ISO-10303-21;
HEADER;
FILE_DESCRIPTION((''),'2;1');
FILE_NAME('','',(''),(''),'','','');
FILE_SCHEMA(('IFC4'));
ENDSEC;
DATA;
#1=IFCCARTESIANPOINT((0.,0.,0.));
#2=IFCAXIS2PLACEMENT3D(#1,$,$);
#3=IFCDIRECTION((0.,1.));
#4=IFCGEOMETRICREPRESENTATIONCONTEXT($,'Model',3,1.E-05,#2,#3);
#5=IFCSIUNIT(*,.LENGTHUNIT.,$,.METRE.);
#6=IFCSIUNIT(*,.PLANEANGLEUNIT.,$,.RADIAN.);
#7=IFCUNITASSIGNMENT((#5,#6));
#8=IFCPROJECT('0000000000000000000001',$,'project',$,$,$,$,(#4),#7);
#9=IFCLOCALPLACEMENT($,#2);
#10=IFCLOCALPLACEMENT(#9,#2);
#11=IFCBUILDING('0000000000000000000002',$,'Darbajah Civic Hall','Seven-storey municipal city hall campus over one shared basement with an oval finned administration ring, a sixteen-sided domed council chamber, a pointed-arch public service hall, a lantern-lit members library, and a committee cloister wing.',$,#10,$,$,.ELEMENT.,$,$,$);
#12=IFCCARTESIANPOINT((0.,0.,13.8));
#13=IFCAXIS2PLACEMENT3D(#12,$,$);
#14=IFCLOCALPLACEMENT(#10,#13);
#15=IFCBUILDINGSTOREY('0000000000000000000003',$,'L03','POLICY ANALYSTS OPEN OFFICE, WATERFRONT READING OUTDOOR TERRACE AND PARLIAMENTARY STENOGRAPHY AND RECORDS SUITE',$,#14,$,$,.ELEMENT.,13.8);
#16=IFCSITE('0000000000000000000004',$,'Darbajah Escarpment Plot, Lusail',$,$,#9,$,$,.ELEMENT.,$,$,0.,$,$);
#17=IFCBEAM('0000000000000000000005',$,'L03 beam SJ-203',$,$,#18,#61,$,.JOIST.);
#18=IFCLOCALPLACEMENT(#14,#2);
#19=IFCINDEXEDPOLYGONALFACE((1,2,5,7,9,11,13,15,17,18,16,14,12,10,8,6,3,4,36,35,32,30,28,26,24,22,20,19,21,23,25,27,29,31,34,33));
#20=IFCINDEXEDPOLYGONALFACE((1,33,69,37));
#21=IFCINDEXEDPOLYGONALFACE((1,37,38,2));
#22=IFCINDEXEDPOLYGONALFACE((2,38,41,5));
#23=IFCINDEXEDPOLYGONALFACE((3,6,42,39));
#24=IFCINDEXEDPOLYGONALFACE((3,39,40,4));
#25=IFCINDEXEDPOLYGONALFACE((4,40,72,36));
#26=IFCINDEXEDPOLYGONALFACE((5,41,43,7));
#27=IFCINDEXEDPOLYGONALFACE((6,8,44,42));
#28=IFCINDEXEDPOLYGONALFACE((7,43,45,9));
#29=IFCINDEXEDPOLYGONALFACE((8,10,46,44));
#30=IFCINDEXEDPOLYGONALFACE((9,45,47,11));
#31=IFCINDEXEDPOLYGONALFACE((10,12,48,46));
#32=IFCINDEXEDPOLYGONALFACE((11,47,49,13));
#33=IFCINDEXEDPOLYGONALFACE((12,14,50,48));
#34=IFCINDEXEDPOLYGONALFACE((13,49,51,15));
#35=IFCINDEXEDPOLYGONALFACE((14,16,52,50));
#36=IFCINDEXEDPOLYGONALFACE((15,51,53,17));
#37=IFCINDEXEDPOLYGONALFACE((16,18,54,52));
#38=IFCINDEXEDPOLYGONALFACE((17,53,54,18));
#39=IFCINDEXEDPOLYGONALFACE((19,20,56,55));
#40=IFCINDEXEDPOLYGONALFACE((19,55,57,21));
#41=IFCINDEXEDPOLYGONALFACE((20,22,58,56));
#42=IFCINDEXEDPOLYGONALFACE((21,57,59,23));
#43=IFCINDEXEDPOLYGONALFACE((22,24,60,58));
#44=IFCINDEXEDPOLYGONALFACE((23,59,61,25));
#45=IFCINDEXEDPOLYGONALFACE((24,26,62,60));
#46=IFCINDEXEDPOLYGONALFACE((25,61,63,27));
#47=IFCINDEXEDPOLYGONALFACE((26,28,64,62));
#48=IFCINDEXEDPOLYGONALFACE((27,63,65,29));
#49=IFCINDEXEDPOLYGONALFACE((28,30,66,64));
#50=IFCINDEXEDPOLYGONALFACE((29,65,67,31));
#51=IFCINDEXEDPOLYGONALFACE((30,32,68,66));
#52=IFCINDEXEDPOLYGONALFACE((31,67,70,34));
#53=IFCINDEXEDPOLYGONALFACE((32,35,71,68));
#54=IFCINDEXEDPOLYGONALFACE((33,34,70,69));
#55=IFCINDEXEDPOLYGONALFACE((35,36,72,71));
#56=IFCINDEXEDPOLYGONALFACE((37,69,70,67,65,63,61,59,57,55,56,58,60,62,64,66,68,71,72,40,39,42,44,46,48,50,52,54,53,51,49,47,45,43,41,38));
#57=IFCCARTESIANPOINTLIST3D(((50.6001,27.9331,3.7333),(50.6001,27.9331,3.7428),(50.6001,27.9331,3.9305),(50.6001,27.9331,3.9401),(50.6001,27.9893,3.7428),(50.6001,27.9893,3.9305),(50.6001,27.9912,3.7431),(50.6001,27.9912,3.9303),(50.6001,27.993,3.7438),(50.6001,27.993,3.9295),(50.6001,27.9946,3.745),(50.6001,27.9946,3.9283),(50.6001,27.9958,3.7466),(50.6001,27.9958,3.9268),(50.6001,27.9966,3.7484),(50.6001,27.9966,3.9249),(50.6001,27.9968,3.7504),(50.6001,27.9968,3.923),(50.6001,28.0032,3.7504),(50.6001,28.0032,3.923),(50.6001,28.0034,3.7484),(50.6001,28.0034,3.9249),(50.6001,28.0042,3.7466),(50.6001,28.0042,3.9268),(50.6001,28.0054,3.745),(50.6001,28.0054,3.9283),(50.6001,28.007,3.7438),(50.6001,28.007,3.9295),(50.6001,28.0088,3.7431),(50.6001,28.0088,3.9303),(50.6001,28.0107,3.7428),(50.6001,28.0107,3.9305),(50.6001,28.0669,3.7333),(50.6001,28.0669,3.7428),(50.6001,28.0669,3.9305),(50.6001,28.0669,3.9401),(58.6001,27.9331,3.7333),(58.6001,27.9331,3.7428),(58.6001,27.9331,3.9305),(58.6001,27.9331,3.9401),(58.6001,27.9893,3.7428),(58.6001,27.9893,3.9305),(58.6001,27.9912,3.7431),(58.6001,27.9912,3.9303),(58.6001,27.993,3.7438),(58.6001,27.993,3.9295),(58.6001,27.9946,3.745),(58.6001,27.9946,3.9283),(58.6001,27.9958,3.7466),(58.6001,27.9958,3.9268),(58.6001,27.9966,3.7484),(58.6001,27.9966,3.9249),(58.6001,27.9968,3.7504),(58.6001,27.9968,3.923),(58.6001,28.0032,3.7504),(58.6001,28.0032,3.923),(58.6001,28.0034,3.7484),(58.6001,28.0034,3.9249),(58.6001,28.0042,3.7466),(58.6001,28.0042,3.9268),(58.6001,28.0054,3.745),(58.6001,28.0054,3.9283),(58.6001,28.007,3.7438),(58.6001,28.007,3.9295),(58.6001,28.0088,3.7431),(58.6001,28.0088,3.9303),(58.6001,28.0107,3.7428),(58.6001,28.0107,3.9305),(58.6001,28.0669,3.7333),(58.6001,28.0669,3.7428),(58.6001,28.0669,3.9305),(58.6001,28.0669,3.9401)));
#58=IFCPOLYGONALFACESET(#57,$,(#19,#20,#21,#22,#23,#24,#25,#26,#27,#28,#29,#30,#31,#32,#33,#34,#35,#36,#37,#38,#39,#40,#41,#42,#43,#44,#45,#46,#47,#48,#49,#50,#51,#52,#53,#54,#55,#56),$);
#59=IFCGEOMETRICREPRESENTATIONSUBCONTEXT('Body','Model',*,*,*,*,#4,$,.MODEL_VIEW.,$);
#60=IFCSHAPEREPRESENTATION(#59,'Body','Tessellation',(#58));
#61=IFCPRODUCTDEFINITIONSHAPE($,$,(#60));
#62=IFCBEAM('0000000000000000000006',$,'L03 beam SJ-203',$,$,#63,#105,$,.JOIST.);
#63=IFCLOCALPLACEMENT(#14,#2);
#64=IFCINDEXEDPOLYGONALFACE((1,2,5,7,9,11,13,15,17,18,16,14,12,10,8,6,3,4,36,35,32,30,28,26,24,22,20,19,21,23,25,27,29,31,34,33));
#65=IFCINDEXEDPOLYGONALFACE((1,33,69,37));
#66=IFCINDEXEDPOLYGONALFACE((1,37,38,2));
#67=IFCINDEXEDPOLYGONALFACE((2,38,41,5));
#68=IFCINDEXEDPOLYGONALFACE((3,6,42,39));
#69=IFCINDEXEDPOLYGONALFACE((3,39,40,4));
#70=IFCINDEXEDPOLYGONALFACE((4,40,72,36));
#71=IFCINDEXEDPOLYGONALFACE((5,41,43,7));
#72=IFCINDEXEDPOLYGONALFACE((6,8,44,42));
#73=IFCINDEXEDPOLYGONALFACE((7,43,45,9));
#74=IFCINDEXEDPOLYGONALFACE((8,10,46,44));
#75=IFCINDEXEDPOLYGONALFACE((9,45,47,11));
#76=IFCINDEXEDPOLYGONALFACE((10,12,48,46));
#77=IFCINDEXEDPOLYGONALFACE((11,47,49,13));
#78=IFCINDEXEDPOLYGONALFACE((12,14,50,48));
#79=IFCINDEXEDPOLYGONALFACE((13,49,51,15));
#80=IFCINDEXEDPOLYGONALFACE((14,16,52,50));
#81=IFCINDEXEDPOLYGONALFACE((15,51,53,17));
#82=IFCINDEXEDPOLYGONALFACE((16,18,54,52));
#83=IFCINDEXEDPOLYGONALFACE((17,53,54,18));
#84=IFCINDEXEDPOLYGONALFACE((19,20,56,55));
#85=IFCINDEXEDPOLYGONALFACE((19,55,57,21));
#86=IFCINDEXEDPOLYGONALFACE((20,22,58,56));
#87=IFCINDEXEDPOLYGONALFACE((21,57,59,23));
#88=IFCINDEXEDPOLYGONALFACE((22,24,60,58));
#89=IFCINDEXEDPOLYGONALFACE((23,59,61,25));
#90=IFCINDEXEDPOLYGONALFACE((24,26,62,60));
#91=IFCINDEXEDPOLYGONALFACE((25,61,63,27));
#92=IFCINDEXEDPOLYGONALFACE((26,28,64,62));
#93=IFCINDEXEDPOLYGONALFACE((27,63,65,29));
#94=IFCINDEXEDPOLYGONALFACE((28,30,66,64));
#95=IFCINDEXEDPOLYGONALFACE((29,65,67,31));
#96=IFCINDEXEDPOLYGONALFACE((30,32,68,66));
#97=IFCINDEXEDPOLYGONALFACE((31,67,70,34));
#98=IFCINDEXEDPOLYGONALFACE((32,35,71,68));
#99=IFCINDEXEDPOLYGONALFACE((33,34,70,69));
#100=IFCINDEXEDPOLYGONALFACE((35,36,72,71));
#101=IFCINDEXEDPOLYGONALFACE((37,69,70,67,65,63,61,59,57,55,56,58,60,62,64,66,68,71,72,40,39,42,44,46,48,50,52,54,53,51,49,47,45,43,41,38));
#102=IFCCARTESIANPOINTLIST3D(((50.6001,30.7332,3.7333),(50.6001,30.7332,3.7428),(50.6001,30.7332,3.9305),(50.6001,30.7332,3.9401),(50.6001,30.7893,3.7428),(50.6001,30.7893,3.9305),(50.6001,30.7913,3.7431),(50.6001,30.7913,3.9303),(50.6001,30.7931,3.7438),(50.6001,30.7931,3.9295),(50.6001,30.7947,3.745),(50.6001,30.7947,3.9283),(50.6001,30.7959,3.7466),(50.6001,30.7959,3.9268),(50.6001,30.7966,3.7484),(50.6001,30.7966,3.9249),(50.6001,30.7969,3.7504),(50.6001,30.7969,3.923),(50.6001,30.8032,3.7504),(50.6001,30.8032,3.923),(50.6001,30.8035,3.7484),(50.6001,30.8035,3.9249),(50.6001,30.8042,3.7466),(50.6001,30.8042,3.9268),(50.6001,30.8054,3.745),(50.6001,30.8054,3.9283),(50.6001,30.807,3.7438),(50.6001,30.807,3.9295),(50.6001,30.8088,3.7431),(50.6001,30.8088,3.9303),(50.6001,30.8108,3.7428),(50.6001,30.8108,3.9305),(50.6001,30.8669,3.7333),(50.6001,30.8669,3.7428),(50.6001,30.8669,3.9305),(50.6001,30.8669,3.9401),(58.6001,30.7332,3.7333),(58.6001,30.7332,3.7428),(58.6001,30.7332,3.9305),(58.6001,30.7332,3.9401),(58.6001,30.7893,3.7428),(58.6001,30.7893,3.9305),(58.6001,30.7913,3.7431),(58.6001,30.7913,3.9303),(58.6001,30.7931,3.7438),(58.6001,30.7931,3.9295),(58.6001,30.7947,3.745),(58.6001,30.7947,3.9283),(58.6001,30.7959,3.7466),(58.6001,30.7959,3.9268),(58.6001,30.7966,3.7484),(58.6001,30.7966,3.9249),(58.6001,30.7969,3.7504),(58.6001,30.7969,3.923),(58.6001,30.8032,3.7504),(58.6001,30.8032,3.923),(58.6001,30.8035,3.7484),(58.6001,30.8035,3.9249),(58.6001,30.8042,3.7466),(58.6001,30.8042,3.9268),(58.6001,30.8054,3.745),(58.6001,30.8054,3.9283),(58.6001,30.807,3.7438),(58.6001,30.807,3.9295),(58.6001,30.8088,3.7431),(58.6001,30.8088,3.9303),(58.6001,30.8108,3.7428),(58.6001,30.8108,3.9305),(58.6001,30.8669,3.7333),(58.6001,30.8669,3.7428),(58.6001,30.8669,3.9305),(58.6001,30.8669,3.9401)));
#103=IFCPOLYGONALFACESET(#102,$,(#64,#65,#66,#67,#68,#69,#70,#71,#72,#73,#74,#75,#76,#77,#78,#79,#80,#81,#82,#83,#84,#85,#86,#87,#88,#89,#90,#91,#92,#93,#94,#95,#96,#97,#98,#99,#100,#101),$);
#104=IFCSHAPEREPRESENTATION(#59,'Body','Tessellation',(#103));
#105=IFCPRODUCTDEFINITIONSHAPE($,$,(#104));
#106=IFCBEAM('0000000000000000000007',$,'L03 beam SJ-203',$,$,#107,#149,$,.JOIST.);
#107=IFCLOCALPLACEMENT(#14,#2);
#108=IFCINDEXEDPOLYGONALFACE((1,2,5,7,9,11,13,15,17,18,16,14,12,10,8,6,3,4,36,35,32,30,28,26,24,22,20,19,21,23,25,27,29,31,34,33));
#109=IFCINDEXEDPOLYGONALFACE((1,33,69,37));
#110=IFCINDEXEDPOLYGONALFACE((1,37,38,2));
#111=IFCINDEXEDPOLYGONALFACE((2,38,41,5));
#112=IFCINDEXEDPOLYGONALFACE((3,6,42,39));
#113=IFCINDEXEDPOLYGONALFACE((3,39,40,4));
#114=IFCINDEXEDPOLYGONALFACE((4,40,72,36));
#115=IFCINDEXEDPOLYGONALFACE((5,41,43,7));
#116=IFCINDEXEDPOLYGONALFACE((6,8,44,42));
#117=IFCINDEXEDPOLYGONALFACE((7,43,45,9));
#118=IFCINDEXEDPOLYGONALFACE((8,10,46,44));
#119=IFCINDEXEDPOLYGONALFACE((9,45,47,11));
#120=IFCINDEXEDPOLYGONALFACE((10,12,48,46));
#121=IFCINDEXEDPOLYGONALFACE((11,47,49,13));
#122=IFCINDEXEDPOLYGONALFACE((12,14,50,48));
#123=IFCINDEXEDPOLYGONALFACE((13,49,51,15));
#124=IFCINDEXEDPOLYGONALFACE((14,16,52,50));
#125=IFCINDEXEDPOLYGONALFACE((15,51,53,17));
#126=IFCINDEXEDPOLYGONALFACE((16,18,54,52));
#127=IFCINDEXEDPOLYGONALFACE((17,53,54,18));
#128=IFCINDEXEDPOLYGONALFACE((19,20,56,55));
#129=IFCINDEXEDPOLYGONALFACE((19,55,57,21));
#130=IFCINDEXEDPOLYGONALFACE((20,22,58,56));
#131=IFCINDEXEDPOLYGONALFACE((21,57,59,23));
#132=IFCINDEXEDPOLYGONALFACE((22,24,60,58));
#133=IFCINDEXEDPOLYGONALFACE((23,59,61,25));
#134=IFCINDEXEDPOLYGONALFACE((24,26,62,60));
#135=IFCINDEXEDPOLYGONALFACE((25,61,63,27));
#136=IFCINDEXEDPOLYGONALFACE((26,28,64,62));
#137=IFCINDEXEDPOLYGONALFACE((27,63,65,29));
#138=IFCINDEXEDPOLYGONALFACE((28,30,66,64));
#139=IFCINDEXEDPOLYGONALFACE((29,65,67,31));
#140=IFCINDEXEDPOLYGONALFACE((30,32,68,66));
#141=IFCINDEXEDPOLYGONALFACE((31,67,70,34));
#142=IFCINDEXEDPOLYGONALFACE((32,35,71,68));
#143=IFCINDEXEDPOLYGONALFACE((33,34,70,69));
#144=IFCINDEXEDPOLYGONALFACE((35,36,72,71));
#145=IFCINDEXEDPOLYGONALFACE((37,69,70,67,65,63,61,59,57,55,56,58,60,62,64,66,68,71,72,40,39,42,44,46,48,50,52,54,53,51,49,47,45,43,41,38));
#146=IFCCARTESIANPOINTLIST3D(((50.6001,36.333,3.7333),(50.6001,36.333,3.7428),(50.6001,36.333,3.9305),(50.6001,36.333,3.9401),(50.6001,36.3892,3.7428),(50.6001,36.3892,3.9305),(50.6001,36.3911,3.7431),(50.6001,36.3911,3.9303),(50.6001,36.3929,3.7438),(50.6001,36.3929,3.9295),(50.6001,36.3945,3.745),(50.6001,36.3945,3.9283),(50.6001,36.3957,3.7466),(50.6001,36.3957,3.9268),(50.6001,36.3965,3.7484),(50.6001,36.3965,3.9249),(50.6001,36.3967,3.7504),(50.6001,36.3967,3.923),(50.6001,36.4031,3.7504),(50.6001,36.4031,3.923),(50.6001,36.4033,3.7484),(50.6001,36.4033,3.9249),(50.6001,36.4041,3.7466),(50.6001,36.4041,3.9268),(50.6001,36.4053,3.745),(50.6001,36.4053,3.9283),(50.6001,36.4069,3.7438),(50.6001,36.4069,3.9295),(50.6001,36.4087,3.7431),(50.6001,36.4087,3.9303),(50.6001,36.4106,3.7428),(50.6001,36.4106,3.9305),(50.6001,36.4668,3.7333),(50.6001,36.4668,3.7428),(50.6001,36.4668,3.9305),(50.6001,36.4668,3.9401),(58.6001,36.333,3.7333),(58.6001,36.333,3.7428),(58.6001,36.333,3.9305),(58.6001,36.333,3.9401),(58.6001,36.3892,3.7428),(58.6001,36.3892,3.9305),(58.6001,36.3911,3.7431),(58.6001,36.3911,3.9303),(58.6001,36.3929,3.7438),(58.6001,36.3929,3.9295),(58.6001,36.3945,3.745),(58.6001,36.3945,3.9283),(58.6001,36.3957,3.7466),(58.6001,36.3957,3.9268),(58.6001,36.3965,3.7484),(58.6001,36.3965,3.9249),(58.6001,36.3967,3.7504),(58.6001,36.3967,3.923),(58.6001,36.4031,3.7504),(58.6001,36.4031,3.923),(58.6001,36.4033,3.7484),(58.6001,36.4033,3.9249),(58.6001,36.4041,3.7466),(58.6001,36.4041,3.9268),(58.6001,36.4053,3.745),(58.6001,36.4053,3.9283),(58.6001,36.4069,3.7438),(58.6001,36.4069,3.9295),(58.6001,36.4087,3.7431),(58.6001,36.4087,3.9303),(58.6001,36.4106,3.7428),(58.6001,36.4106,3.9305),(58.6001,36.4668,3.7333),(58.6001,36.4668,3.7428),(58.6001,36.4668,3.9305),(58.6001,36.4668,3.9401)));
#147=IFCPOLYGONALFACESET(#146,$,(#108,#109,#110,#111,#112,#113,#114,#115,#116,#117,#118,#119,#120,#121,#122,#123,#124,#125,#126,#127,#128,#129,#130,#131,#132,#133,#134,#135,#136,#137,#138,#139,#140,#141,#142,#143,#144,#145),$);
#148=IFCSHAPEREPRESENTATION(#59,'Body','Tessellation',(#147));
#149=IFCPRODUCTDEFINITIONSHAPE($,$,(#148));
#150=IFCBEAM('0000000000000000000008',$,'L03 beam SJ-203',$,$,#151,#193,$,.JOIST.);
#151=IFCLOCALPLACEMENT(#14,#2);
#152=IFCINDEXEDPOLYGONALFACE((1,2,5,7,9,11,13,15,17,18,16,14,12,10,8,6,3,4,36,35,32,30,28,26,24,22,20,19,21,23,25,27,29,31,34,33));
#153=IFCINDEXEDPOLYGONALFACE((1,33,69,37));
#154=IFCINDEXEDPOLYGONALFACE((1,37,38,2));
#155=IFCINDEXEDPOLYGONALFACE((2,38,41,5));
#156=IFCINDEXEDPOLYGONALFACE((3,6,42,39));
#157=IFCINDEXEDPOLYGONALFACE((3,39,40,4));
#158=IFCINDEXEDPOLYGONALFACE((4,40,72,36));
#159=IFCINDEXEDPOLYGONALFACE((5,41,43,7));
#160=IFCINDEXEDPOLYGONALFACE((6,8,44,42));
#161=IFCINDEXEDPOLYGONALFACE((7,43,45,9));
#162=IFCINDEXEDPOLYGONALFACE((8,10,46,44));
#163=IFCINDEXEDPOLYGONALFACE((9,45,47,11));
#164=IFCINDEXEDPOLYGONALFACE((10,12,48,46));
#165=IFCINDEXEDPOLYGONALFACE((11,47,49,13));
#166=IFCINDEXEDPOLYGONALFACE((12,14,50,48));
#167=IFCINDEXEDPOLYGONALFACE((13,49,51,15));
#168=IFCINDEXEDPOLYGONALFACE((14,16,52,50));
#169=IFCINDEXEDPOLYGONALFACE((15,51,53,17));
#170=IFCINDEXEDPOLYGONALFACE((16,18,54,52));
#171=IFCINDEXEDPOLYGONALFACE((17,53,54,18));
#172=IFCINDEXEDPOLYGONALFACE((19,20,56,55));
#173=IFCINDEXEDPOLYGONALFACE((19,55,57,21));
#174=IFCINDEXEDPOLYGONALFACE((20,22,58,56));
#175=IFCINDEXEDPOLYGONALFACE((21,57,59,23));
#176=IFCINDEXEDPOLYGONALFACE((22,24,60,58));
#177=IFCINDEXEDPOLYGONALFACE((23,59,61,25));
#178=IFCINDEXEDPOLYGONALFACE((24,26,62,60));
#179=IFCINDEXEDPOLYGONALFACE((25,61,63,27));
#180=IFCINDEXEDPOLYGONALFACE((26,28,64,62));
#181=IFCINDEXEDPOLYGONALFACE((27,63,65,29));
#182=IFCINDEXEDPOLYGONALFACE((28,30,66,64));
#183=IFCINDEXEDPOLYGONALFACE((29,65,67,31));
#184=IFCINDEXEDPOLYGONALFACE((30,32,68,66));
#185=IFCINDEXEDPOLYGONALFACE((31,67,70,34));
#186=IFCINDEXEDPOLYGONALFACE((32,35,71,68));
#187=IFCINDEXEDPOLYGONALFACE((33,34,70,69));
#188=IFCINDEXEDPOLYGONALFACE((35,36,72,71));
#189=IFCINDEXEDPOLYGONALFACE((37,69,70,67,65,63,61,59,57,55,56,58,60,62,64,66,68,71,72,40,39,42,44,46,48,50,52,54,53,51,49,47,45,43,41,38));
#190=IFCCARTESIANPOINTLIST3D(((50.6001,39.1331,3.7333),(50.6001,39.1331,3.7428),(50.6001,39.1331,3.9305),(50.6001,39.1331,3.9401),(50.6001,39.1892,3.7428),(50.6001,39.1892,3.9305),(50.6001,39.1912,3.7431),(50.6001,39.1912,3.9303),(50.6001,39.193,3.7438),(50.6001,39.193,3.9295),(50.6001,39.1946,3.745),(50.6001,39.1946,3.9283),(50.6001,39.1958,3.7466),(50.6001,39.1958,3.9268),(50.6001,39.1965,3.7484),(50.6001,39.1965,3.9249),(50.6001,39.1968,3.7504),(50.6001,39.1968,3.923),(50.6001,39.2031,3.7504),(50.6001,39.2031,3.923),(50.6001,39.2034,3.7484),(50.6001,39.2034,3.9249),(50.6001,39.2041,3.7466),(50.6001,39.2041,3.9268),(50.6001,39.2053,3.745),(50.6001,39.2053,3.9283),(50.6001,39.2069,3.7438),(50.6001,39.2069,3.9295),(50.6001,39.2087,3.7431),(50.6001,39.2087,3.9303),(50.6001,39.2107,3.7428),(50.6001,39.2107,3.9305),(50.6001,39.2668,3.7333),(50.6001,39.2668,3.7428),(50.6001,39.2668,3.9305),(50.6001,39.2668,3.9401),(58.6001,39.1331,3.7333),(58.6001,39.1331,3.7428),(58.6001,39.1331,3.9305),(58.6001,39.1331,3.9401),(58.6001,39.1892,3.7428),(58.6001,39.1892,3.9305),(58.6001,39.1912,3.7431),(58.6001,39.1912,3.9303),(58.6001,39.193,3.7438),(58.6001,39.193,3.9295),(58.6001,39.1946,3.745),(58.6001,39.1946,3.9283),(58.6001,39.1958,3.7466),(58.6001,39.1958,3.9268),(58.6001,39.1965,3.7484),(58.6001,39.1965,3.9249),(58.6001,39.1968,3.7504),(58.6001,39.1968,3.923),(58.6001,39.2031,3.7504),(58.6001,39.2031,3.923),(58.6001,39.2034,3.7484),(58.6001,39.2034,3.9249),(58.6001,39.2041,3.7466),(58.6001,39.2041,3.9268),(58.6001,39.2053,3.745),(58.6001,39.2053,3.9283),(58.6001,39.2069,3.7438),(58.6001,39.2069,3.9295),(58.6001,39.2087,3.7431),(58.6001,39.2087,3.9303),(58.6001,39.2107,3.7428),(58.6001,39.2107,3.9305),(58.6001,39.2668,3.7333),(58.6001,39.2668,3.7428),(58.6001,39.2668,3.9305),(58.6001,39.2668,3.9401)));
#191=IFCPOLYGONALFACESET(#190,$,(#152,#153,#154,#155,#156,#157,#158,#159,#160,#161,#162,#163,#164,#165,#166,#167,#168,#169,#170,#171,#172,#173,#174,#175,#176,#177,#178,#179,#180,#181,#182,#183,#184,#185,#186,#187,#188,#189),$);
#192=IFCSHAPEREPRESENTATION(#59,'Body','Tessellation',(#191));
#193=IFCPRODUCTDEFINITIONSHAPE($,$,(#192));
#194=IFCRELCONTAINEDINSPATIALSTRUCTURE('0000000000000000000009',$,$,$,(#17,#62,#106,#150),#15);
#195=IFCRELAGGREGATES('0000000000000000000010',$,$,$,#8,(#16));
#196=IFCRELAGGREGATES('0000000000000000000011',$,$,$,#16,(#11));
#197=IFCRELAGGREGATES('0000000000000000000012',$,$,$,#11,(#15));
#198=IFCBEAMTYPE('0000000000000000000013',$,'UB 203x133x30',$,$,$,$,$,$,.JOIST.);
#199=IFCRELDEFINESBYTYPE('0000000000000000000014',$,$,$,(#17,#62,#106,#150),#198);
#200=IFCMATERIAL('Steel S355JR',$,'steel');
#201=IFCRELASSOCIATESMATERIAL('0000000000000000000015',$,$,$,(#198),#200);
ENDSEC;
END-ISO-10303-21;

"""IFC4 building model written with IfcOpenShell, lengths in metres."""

from ifc_helpers import new_model, si_unit, direction, frame, origin, origin_2d, place, context, subcontext, project, spatial, i_section, extrude, material, material_profile, profile_set, type_object, element, save


model = new_model("IFC4")

# Units and contexts
model_context = context("Model", 3, precision=1e-05, world=origin(), true_north=direction((0.0, 1.0)))
body_context = subcontext(model_context, "Body", "Model", "MODEL_VIEW")
ifc_project = project(units=[si_unit("LENGTHUNIT", "METRE"), si_unit("PLANEANGLEUNIT", "RADIAN")], contexts=[model_context])

# Site, building, storey
site_placement = place(None, origin())
site = spatial("IfcSite", under=ifc_project, at=site_placement, Name="Darbajah Escarpment Plot, Lusail", CompositionType="ELEMENT", RefElevation=0.0)
building_placement = place(site_placement, origin())
building = spatial("IfcBuilding", under=site, at=building_placement, Name="Darbajah Civic Hall", Description="Seven-storey municipal city hall campus over one shared basement with an oval finned administration ring, a sixteen-sided domed council chamber, a pointed-arch public service hall, a lantern-lit members library, and a committee cloister wing.", CompositionType="ELEMENT")
storey_placement = place(building_placement, frame((0.0, 0.0, 13.8)))
storey = spatial("IfcBuildingStorey", under=building, at=storey_placement, Name="L03", Description="POLICY ANALYSTS OPEN OFFICE, WATERFRONT READING OUTDOOR TERRACE AND PARLIAMENTARY STENOGRAPHY AND RECORDS SUITE", CompositionType="ELEMENT", Elevation=13.8)

# Beams
ifc_material_1 = material(Name="Steel S355JR", Category="steel")
ifc_material_profile_1 = material_profile(ifc_material_1, i_section(OverallWidth=0.1338, OverallDepth=0.2068, WebThickness=0.0063, FlangeThickness=0.0095, FilletRadius=0.0076, at=origin_2d()), Name="UB 203x133x30")
ifc_profile_set_1 = profile_set([ifc_material_profile_1], Name="Steel S355JR")
beam_type_1 = type_object("IfcBeamType", Name="UB 203x133x30", PredefinedType="JOIST", material=ifc_profile_set_1)
for number, where, z_axis, x_axis, name in (
    (1, (50.6001, 28.0, 3.8367), (1.0, 0.0, 0.0), (0.0, 1.0, 0.0), "L03 beam SJ-203"),
    (2, (50.6001, 30.8, 3.8367), (1.0, 0.0, 0.0), (0.0, 1.0, 0.0), "L03 beam SJ-203"),
    (3, (50.6001, 36.3999, 3.8367), (1.0, 0.0, 0.0), (0.0, 1.0, 0.0), "L03 beam SJ-203"),
    (4, (50.6001, 39.2, 3.8367), (1.0, 0.0, 0.0), (0.0, 1.0, 0.0), "L03 beam SJ-203"),
):
    element("IfcBeam", number, at=place(storey_placement, frame(where, z_axis=z_axis, x_axis=x_axis)), inside=storey, type_object=beam_type_1, Name=name, PredefinedType="JOIST", context=body_context, shape_type="SweptSolid", body=[
        extrude(i_section(OverallWidth=0.1338, OverallDepth=0.2068, WebThickness=0.0063, FlangeThickness=0.0095, FilletRadius=0.0076, at=origin_2d()), origin(), (0.0, 0.0, 1.0), 8.0),
    ])

save(model, "model.ifc")
